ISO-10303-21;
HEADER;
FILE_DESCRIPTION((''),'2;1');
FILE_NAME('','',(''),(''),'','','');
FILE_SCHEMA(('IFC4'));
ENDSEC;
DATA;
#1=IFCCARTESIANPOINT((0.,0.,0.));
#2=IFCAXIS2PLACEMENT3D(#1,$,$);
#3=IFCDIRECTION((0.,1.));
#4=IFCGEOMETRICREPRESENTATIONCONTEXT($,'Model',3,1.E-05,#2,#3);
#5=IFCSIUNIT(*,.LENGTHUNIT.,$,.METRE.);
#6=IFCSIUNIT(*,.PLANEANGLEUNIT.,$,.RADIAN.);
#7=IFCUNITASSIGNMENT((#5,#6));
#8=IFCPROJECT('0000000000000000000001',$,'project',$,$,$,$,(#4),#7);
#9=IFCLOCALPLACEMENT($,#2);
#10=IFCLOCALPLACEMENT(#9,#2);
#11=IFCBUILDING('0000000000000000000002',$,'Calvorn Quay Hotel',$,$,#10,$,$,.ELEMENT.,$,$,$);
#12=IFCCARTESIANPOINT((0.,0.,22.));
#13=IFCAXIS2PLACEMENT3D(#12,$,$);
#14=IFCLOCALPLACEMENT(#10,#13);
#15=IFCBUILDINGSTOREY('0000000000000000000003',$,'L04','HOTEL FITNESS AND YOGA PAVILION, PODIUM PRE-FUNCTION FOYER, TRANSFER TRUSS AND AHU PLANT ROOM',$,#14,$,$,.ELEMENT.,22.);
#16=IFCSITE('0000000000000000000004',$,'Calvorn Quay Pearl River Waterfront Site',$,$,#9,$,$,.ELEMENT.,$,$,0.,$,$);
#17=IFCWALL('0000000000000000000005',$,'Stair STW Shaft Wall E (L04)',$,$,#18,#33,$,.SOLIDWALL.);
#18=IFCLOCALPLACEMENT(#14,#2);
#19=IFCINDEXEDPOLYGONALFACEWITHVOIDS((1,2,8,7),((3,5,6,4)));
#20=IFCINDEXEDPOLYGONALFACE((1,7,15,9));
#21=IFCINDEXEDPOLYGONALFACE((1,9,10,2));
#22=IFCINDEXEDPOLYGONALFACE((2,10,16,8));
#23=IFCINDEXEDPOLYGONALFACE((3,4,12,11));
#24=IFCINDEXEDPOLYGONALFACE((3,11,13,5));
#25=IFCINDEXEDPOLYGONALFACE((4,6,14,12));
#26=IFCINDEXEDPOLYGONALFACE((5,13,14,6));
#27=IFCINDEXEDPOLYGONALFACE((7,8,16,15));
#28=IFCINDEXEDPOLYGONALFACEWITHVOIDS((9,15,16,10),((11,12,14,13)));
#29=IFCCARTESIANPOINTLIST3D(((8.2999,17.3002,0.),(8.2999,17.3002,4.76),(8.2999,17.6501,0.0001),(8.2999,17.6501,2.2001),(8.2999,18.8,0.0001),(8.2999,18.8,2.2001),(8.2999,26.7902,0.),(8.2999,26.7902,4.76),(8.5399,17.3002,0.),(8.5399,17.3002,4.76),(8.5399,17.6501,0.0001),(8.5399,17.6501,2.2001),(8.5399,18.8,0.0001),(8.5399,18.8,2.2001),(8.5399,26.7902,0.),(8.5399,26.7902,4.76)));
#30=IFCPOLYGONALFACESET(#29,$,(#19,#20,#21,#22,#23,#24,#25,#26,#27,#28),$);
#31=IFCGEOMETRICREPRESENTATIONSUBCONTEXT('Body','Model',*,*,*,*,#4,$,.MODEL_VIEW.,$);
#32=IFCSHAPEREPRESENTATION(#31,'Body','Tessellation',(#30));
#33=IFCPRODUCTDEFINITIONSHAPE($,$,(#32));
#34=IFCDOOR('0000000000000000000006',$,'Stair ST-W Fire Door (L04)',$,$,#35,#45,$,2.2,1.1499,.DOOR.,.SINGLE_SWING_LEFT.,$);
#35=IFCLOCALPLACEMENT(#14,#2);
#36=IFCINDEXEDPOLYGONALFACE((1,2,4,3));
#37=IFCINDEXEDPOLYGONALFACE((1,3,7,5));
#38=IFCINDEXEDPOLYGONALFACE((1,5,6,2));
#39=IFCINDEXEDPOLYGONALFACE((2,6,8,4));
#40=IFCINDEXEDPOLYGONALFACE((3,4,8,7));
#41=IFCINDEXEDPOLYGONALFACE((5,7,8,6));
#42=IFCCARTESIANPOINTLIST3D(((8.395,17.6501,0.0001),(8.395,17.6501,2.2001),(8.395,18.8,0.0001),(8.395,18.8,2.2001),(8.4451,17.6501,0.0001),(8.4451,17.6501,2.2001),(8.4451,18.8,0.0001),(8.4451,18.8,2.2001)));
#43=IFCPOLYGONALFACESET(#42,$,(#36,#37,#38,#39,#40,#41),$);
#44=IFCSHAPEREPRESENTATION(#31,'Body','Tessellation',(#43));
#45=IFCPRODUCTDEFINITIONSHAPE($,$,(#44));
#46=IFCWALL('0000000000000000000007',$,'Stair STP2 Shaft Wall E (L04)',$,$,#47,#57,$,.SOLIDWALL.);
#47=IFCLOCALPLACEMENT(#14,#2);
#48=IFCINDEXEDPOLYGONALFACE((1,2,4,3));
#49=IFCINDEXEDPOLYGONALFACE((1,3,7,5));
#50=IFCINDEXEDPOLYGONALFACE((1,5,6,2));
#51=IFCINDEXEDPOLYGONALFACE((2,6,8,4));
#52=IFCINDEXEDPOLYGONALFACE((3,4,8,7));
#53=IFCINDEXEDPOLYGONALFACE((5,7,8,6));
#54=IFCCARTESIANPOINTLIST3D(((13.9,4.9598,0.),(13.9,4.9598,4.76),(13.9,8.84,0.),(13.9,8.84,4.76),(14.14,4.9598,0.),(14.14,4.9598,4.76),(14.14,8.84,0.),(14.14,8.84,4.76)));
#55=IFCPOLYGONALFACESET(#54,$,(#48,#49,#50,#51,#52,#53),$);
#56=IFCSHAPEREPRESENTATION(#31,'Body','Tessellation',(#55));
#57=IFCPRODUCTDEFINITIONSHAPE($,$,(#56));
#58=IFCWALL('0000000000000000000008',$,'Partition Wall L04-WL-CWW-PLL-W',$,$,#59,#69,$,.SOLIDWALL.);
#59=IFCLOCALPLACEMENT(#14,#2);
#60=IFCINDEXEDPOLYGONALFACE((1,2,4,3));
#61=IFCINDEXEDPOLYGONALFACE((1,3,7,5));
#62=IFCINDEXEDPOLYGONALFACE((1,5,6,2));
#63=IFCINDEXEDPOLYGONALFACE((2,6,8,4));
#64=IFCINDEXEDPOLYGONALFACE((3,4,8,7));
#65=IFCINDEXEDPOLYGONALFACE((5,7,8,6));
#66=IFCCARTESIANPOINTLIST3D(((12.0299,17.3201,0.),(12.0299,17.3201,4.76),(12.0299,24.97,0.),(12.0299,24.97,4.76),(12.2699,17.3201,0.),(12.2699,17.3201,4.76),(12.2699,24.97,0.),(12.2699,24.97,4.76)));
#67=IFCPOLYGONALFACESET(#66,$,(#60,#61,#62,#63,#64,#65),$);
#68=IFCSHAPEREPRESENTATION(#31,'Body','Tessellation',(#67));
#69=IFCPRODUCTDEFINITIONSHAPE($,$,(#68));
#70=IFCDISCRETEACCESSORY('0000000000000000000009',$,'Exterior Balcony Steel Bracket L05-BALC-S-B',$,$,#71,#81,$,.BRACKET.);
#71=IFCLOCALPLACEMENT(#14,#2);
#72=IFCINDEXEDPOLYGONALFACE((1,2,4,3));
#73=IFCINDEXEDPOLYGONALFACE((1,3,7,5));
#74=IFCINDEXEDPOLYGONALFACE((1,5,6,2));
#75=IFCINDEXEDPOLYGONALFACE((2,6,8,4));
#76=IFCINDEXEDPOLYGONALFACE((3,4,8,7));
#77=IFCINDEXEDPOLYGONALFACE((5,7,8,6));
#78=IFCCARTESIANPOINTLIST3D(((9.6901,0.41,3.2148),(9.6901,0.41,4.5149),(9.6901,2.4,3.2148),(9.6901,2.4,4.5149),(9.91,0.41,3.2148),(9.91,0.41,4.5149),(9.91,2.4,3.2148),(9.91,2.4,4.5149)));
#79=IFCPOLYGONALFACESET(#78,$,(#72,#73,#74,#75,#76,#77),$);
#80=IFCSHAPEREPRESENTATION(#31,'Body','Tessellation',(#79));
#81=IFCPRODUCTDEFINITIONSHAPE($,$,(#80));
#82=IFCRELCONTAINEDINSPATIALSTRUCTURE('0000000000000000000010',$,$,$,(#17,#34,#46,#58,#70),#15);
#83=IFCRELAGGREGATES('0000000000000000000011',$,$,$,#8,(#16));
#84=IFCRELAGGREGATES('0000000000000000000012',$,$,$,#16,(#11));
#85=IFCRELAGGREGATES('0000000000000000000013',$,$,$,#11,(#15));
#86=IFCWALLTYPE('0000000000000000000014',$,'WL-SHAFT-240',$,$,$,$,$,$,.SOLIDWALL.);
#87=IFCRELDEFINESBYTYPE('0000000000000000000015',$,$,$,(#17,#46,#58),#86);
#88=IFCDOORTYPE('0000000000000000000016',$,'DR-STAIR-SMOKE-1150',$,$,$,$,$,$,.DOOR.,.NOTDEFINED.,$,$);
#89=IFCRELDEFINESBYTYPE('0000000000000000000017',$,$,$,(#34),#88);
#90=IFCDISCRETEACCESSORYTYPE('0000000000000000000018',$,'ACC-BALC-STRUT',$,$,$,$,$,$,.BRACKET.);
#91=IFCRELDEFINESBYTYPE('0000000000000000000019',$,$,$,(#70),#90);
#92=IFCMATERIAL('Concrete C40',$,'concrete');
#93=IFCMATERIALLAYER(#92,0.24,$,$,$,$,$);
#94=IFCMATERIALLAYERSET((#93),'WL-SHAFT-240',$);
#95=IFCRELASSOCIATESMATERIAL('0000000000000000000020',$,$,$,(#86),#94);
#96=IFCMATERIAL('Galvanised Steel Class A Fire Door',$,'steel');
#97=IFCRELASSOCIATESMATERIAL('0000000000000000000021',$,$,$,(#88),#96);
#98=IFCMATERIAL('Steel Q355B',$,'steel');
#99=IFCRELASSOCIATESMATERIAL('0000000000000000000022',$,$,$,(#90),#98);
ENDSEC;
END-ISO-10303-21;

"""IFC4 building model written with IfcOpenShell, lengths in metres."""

from ifc_helpers import new_model, si_unit, direction, frame, frame_2d, origin, origin_2d, place, context, subcontext, project, spatial, rectangle, extrude, material, layer, layer_set, type_object, element, fill, save


model = new_model("IFC4")

# Units and contexts
model_context = context("Model", 3, precision=1e-05, world=origin(), true_north=direction((0.0, 1.0)))
body_context = subcontext(model_context, "Body", "Model", "MODEL_VIEW")
ifc_project = project(units=[si_unit("LENGTHUNIT", "METRE"), si_unit("PLANEANGLEUNIT", "RADIAN")], contexts=[model_context])

# Site, building, storey
site_placement = place(None, origin())
site = spatial("IfcSite", under=ifc_project, at=site_placement, Name="Calvorn Quay Pearl River Waterfront Site", CompositionType="ELEMENT", RefElevation=0.0)
building_placement = place(site_placement, origin())
building = spatial("IfcBuilding", under=site, at=building_placement, Name="Calvorn Quay Hotel", CompositionType="ELEMENT")
storey_placement = place(building_placement, frame((0.0, 0.0, 22.0)))
storey = spatial("IfcBuildingStorey", under=building, at=storey_placement, Name="L04", Description="HOTEL FITNESS AND YOGA PAVILION, PODIUM PRE-FUNCTION FOYER, TRANSFER TRUSS AND AHU PLANT ROOM", CompositionType="ELEMENT", Elevation=22.0)

# Wall, opening, door
ifc_material_1 = material(Name="Concrete C40", Category="concrete")
ifc_layer_1 = layer(ifc_material_1, 0.24)
ifc_layer_set_1 = layer_set([ifc_layer_1], Name="WL-SHAFT-240")
wall_type_1 = type_object("IfcWallType", Name="WL-SHAFT-240", PredefinedType="SOLIDWALL", material=ifc_layer_set_1)
wall_1_placement = place(storey_placement, frame((8.4199, 17.3, 0.0), z_axis=(0.0, 0.0, 1.0), x_axis=(0.0, 1.0, 0.0)))
wall_1 = element("IfcWall", 1, at=wall_1_placement, inside=storey, type_object=wall_type_1, Name="Stair STW Shaft Wall E (L04)", PredefinedType="SOLIDWALL", context=body_context, shape_type="SweptSolid", body=[
    extrude(rectangle(XDim=9.49, YDim=0.24, at=frame_2d((4.7451, 0.0))), origin(), (0.0, 0.0, 1.0), 4.76),
])
opening_1_placement = place(wall_1_placement, frame((0.3501, 0.0, 0.0)))
opening_1 = element("IfcOpeningElement", 2, at=opening_1_placement, cuts=wall_1, PredefinedType="OPENING", context=body_context, shape_type="SweptSolid", body=[
    extrude(rectangle(XDim=1.1499, YDim=2.2, at=frame_2d((0.575, 1.1001))), frame((0.0, 0.1299, 0.0), z_axis=(0.0, -1.0, 0.0), x_axis=(1.0, 0.0, 0.0)), (0.0, 0.0, 1.0), 0.26),
])
ifc_material_2 = material(Name="Galvanised Steel Class A Fire Door", Category="steel")
door_type_1 = type_object("IfcDoorType", Name="DR-STAIR-SMOKE-1150", OperationType="NOTDEFINED", PredefinedType="DOOR", material=ifc_material_2)
door_1_placement = place(opening_1_placement, origin())
door_1 = element("IfcDoor", 3, at=door_1_placement, inside=storey, type_object=door_type_1, Name="Stair ST-W Fire Door (L04)", OperationType="SINGLE_SWING_LEFT", OverallHeight=2.2, OverallWidth=1.1499, PredefinedType="DOOR", context=body_context, shape_type="SweptSolid", body=[
    extrude(rectangle(XDim=1.1499, YDim=2.2, at=frame_2d((0.575, 1.1001))), frame((0.0, 0.0249, 0.0), z_axis=(0.0, -1.0, 0.0), x_axis=(1.0, 0.0, 0.0)), (0.0, 0.0, 1.0), 0.05),
])
fill(opening_1, door_1)

# Walls
wall_2_placement = place(storey_placement, frame((14.02, 4.96, 0.0), z_axis=(0.0, 0.0, 1.0), x_axis=(0.0, 1.0, 0.0)))
element("IfcWall", 4, at=wall_2_placement, inside=storey, type_object=wall_type_1, Name="Stair STP2 Shaft Wall E (L04)", PredefinedType="SOLIDWALL", context=body_context, shape_type="SweptSolid", body=[
    extrude(rectangle(XDim=3.8801, YDim=0.24, at=frame_2d((1.9399, 0.0))), origin(), (0.0, 0.0, 1.0), 4.76),
])
wall_3_placement = place(storey_placement, frame((12.1499, 17.3201, 0.0), z_axis=(0.0, 0.0, 1.0), x_axis=(0.0, 1.0, 0.0)))
element("IfcWall", 5, at=wall_3_placement, inside=storey, type_object=wall_type_1, Name="Partition Wall L04-WL-CWW-PLL-W", PredefinedType="SOLIDWALL", context=body_context, shape_type="SweptSolid", body=[
    extrude(rectangle(XDim=7.6499, YDim=0.24, at=frame_2d((3.825, 0.0))), origin(), (0.0, 0.0, 1.0), 4.76),
])

# Discrete accessory
ifc_material_3 = material(Name="Steel Q355B", Category="steel")
discrete_accessory_type = type_object("IfcDiscreteAccessoryType", Name="ACC-BALC-STRUT", PredefinedType="BRACKET", material=ifc_material_3)
discrete_accessory_placement = place(storey_placement, frame((9.8, 1.405, 3.2148), z_axis=(0.0, 0.0, 1.0), x_axis=(1.0, 0.0, 0.0)))
element("IfcDiscreteAccessory", 6, at=discrete_accessory_placement, inside=storey, type_object=discrete_accessory_type, Name="Exterior Balcony Steel Bracket L05-BALC-S-B", PredefinedType="BRACKET", context=body_context, shape_type="SweptSolid", body=[
    extrude(rectangle(XDim=0.22, YDim=1.99, at=origin_2d()), origin(), (0.0, 0.0, 1.0), 1.3),
])

save(model, "model.ifc")
